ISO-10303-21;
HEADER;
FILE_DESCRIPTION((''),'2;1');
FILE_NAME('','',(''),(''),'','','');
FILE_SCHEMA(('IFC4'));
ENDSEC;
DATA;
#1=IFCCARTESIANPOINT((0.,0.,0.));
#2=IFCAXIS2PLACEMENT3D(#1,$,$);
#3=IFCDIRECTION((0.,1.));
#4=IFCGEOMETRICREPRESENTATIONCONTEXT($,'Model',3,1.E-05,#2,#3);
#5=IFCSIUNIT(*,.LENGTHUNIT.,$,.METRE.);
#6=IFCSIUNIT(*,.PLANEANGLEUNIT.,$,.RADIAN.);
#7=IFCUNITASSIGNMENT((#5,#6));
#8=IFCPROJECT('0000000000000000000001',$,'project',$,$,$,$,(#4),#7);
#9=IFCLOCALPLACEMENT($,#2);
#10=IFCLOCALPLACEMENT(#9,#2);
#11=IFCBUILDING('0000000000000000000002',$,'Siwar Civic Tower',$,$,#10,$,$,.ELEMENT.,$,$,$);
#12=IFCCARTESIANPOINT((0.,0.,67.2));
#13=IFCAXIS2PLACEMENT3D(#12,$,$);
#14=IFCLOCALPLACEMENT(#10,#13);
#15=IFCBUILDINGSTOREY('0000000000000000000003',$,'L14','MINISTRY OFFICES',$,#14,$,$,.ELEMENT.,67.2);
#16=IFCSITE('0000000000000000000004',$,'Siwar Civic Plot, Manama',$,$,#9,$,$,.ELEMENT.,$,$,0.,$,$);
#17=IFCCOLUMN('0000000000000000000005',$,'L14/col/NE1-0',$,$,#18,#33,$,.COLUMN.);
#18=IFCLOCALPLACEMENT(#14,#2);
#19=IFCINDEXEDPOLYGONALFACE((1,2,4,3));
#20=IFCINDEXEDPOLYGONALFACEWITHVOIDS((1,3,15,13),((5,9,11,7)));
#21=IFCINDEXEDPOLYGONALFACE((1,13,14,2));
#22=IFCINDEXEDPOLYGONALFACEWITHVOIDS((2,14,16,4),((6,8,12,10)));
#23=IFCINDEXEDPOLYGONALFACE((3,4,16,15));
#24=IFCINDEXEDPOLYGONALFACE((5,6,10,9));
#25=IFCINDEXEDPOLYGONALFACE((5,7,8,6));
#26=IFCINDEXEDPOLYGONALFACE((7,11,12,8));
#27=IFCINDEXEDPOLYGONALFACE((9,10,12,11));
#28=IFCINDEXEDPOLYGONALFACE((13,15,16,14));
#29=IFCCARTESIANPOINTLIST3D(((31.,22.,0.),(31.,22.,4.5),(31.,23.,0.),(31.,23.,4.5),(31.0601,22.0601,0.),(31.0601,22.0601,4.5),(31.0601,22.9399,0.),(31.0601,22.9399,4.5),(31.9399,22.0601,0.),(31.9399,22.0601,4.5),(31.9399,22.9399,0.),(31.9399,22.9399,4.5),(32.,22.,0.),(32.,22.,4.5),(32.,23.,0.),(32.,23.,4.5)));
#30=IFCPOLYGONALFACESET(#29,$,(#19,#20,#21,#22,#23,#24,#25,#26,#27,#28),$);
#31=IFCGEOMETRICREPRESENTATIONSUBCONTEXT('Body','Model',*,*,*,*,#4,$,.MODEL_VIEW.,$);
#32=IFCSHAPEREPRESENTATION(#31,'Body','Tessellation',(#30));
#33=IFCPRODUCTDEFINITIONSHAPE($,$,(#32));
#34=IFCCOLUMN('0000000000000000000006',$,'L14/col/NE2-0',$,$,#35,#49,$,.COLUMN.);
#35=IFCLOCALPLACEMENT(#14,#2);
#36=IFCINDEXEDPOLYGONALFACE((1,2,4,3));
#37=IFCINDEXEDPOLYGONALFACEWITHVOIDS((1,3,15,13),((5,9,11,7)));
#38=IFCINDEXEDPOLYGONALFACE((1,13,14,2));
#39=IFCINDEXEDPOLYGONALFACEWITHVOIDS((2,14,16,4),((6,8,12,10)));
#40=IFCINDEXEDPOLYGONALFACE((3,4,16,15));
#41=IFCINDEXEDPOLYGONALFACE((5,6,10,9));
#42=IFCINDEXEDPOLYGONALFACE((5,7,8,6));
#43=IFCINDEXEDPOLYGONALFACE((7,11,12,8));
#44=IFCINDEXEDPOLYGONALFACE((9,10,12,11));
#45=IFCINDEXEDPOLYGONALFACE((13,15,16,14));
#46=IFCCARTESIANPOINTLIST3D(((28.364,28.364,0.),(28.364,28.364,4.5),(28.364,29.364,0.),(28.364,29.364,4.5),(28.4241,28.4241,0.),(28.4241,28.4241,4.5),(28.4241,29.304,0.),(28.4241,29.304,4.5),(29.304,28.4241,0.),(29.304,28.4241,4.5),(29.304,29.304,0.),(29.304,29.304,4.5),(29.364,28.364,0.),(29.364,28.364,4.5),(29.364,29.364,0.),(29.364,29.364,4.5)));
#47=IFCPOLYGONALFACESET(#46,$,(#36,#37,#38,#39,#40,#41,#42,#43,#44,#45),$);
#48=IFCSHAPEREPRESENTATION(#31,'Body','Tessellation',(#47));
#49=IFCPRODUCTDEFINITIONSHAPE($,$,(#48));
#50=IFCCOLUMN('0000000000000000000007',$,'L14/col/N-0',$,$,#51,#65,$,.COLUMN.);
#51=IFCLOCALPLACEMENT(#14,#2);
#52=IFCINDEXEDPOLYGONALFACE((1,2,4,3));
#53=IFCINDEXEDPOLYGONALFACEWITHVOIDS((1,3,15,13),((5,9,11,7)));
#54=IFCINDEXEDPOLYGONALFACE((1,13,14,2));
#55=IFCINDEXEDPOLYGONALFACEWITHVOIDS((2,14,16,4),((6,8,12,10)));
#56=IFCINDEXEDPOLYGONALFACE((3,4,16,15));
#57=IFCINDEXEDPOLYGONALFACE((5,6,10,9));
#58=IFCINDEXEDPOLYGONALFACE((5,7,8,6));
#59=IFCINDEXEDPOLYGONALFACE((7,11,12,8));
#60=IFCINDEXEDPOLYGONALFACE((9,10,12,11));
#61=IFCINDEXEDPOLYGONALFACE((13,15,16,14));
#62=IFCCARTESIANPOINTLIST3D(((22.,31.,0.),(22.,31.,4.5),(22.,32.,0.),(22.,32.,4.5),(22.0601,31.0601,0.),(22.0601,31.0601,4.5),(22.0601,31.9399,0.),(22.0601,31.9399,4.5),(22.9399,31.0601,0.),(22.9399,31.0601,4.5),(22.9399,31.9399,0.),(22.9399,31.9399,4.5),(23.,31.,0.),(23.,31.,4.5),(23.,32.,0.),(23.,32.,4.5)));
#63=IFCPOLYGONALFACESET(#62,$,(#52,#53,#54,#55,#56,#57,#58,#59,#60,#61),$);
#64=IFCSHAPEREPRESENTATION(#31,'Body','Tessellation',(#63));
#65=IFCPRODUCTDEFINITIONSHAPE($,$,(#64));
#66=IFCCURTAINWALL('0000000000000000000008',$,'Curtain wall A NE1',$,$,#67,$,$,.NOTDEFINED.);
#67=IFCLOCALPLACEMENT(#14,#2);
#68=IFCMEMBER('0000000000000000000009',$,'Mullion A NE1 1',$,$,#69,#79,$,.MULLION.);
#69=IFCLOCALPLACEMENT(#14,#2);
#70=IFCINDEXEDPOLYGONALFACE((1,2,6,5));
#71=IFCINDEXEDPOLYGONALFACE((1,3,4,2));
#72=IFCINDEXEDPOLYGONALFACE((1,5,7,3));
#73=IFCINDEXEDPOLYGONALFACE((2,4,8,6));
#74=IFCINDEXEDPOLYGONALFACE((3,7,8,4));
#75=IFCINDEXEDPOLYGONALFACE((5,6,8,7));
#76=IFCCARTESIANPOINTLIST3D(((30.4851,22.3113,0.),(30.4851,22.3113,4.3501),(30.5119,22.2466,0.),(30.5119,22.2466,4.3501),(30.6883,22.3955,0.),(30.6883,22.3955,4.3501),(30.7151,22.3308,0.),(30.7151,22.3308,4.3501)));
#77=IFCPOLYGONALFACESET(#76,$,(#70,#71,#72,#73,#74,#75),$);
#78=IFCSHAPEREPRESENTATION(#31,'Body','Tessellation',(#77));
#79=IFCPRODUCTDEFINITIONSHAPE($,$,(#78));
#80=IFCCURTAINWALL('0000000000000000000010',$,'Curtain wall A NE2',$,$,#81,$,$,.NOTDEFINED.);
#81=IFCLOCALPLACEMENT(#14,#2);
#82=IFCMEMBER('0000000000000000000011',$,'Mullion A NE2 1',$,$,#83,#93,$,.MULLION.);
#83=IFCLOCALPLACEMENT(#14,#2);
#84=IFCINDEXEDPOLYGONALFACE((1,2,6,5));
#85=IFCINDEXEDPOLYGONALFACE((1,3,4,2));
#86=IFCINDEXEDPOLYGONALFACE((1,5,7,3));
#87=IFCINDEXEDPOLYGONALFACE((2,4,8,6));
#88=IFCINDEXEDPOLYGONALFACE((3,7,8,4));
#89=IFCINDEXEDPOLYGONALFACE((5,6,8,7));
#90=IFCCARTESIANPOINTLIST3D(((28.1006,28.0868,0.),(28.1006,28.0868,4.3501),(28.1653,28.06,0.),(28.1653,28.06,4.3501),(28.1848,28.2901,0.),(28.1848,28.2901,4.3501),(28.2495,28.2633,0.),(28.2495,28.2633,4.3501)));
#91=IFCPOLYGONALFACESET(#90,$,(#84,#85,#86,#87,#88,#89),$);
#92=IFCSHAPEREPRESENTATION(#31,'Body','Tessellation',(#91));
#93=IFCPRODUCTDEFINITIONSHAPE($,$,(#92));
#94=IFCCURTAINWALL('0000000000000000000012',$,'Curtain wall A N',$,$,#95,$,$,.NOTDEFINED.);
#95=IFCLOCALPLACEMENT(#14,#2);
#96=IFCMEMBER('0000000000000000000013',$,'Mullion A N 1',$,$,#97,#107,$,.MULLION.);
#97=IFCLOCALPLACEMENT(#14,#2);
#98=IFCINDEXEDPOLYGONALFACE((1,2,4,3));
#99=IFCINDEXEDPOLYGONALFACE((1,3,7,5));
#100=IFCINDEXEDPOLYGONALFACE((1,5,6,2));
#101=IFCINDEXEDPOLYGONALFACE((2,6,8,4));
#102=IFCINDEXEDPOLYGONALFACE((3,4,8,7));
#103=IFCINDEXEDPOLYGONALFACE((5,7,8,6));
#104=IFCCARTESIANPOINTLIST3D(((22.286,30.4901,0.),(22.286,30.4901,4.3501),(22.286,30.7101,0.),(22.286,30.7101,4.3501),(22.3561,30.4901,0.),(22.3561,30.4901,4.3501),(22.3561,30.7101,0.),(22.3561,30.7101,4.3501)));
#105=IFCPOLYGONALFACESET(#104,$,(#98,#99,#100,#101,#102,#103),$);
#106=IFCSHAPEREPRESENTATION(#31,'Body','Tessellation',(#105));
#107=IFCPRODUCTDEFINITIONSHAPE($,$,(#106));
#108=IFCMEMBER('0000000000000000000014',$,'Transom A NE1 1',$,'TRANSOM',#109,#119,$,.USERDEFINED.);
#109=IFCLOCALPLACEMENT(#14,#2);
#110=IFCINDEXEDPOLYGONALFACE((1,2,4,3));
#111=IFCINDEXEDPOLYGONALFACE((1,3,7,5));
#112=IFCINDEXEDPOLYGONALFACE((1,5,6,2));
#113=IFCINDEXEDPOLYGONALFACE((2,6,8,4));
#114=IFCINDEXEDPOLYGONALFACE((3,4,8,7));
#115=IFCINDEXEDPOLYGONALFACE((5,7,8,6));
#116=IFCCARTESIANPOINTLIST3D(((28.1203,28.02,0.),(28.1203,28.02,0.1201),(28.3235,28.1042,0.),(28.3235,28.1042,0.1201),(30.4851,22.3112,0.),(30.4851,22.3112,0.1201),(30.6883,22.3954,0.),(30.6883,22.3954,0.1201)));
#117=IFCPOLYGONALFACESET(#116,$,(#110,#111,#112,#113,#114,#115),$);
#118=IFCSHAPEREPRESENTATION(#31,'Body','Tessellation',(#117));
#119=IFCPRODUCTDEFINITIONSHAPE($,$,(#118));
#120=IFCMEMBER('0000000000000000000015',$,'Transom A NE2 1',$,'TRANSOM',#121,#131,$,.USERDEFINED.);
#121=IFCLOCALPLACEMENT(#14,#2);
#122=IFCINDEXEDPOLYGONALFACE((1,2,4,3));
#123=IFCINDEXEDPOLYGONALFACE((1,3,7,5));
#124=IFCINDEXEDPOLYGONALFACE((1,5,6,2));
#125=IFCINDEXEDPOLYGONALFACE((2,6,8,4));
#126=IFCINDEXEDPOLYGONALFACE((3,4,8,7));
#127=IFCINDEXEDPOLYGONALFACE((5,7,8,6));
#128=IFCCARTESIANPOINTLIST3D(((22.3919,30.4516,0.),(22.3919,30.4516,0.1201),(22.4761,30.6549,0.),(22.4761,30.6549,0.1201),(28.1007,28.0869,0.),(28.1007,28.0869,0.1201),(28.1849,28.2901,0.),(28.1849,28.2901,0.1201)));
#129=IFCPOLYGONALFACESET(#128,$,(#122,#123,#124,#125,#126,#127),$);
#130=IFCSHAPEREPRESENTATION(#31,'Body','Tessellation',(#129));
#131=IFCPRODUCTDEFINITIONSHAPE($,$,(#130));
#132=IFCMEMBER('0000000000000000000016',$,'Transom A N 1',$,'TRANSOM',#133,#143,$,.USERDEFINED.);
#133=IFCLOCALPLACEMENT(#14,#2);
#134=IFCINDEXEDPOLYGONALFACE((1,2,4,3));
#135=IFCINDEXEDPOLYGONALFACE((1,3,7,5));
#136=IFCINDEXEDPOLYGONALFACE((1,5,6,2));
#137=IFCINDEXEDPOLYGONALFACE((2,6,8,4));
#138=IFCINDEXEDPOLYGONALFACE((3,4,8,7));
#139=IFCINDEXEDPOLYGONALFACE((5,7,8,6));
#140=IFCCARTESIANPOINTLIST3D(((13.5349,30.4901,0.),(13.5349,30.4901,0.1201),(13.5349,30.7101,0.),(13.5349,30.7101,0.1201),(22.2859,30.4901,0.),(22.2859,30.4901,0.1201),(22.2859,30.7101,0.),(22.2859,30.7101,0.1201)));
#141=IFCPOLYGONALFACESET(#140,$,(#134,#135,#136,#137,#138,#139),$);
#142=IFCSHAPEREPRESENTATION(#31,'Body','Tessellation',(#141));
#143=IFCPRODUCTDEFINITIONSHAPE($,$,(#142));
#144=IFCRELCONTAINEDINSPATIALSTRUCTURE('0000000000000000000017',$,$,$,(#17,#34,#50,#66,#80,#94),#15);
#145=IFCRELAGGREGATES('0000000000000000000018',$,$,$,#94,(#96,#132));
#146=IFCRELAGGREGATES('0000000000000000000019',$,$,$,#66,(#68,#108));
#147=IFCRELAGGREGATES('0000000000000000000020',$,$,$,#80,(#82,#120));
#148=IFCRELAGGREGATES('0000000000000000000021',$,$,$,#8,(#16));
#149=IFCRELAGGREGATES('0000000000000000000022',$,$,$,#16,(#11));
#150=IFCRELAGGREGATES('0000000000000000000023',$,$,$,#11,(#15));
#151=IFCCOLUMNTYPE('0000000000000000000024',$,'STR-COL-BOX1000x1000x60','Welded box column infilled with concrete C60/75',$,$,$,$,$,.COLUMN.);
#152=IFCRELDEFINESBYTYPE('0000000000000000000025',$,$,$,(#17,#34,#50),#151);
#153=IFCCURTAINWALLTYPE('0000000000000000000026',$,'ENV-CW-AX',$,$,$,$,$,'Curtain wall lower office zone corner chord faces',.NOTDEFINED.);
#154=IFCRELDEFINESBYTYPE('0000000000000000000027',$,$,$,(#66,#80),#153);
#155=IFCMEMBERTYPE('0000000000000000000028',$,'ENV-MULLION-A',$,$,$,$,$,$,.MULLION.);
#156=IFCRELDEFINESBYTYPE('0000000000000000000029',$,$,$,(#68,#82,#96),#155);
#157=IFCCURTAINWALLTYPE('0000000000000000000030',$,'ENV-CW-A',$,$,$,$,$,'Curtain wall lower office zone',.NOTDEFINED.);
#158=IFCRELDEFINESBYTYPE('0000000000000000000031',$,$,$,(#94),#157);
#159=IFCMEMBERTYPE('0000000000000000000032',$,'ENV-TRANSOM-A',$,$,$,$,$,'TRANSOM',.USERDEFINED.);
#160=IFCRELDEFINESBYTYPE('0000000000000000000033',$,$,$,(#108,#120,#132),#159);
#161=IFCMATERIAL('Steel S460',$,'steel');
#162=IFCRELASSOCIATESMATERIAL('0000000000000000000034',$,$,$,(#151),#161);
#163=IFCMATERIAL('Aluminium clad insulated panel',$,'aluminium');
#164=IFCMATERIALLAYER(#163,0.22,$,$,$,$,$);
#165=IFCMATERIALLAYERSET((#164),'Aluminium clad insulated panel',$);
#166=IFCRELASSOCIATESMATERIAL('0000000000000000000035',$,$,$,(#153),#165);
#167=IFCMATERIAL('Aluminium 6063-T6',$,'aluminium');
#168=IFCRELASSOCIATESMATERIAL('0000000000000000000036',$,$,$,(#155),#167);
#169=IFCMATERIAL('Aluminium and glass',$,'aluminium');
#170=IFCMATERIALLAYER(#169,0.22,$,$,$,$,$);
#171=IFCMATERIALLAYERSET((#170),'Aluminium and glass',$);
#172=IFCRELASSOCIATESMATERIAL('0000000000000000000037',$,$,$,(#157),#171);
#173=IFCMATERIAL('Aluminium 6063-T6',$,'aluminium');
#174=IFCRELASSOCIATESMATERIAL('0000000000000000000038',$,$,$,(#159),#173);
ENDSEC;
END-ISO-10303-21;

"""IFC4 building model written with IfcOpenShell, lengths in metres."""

from ifc_helpers import new_model, si_unit, direction, frame, origin, origin_2d, place, context, subcontext, project, spatial, rectangle, hollow_rectangle, extrude, material, layer, layer_set, material_profile, profile_set, type_object, element, aggregate, save


model = new_model("IFC4")

# Units and contexts
model_context = context("Model", 3, precision=1e-05, world=origin(), true_north=direction((0.0, 1.0)))
body_context = subcontext(model_context, "Body", "Model", "MODEL_VIEW")
ifc_project = project(units=[si_unit("LENGTHUNIT", "METRE"), si_unit("PLANEANGLEUNIT", "RADIAN")], contexts=[model_context])

# Site, building, storey
site_placement = place(None, origin())
site = spatial("IfcSite", under=ifc_project, at=site_placement, Name="Siwar Civic Plot, Manama", CompositionType="ELEMENT", RefElevation=0.0)
building_placement = place(site_placement, origin())
building = spatial("IfcBuilding", under=site, at=building_placement, Name="Siwar Civic Tower", CompositionType="ELEMENT")
storey_placement = place(building_placement, frame((0.0, 0.0, 67.2)))
storey = spatial("IfcBuildingStorey", under=building, at=storey_placement, Name="L14", Description="MINISTRY OFFICES", CompositionType="ELEMENT", Elevation=67.2)

# Columns
ifc_material_1 = material(Name="Steel S460", Category="steel")
ifc_material_profile_1 = material_profile(ifc_material_1, hollow_rectangle(XDim=1.0, YDim=1.0, WallThickness=0.0601, at=origin_2d()), Name="BOX1000x1000x60")
ifc_profile_set_1 = profile_set([ifc_material_profile_1], Name="Steel S460")
column_type = type_object("IfcColumnType", Name="STR-COL-BOX1000x1000x60", Description="Welded box column infilled with concrete C60/75", PredefinedType="COLUMN", material=ifc_profile_set_1)
for number, where, z_axis, x_axis, name in (
    (1, (31.5, 22.5, 0.0), (0.0, 0.0, 1.0), (1.0, 0.0, 0.0), "L14/col/NE1-0"),
    (2, (28.864, 28.864, 0.0), (0.0, 0.0, 1.0), (1.0, 0.0, 0.0), "L14/col/NE2-0"),
    (3, (22.5, 31.5, 0.0), (0.0, 0.0, 1.0), (1.0, 0.0, 0.0), "L14/col/N-0"),
):
    element("IfcColumn", number, at=place(storey_placement, frame(where, z_axis=z_axis, x_axis=x_axis)), inside=storey, type_object=column_type, Name=name, PredefinedType="COLUMN", context=body_context, shape_type="SweptSolid", body=[
        extrude(hollow_rectangle(XDim=1.0, YDim=1.0, WallThickness=0.0601, at=origin_2d()), origin(), (0.0, 0.0, 1.0), 4.5),
    ])

# Curtain walls, members
ifc_material_2 = material(Name="Aluminium clad insulated panel", Category="aluminium")
ifc_layer_1 = layer(ifc_material_2, 0.22)
ifc_layer_set_1 = layer_set([ifc_layer_1], Name="Aluminium clad insulated panel")
curtain_wall_type_1 = type_object("IfcCurtainWallType", Name="ENV-CW-AX", ElementType="Curtain wall lower office zone corner chord faces", PredefinedType="NOTDEFINED", material=ifc_layer_set_1)
curtain_wall_1_placement = place(storey_placement, origin())
curtain_wall_1 = element("IfcCurtainWall", 4, at=curtain_wall_1_placement, inside=storey, type_object=curtain_wall_type_1, Name="Curtain wall A NE1", PredefinedType="NOTDEFINED")
ifc_material_3 = material(Name="Aluminium 6063-T6", Category="aluminium")
ifc_material_profile_2 = material_profile(ifc_material_3, rectangle(XDim=0.22, YDim=0.0701, at=origin_2d()), Name="AL 220x70")
ifc_profile_set_2 = profile_set([ifc_material_profile_2], Name="Aluminium 6063-T6")
member_type_1 = type_object("IfcMemberType", Name="ENV-MULLION-A", PredefinedType="MULLION", material=ifc_profile_set_2)
member_1_placement = place(storey_placement, frame((30.6001, 22.321, 0.0), z_axis=(0.0, 0.0, 1.0), x_axis=(-0.92388, -0.382683, 0.0)))
member_1 = element("IfcMember", 5, at=member_1_placement, type_object=member_type_1, Name="Mullion A NE1 1", PredefinedType="MULLION", context=body_context, shape_type="SweptSolid", body=[
    extrude(rectangle(XDim=0.22, YDim=0.0701, at=origin_2d()), origin(), (0.0, 0.0, 1.0), 4.3501),
])
curtain_wall_2_placement = place(storey_placement, origin())
curtain_wall_2 = element("IfcCurtainWall", 6, at=curtain_wall_2_placement, inside=storey, type_object=curtain_wall_type_1, Name="Curtain wall A NE2", PredefinedType="NOTDEFINED")
member_2_placement = place(storey_placement, frame((28.175, 28.175, 0.0), z_axis=(0.0, 0.0, 1.0), x_axis=(-0.382683, -0.92388, 0.0)))
member_2 = element("IfcMember", 7, at=member_2_placement, type_object=member_type_1, Name="Mullion A NE2 1", PredefinedType="MULLION", context=body_context, shape_type="SweptSolid", body=[
    extrude(rectangle(XDim=0.22, YDim=0.0701, at=origin_2d()), origin(), (0.0, 0.0, 1.0), 4.3501),
])
ifc_material_4 = material(Name="Aluminium and glass", Category="aluminium")
ifc_layer_2 = layer(ifc_material_4, 0.22)
ifc_layer_set_2 = layer_set([ifc_layer_2], Name="Aluminium and glass")
curtain_wall_type_2 = type_object("IfcCurtainWallType", Name="ENV-CW-A", ElementType="Curtain wall lower office zone", PredefinedType="NOTDEFINED", material=ifc_layer_set_2)
curtain_wall_3_placement = place(storey_placement, origin())
curtain_wall_3 = element("IfcCurtainWall", 8, at=curtain_wall_3_placement, inside=storey, type_object=curtain_wall_type_2, Name="Curtain wall A N", PredefinedType="NOTDEFINED")
member_3_placement = place(storey_placement, frame((22.321, 30.6001, 0.0), z_axis=(0.0, 0.0, 1.0), x_axis=(0.0, -1.0, 0.0)))
member_3 = element("IfcMember", 9, at=member_3_placement, type_object=member_type_1, Name="Mullion A N 1", PredefinedType="MULLION", context=body_context, shape_type="SweptSolid", body=[
    extrude(rectangle(XDim=0.22, YDim=0.0701, at=origin_2d()), origin(), (0.0, 0.0, 1.0), 4.3501),
])

# Members
ifc_material_5 = material(Name="Aluminium 6063-T6", Category="aluminium")
ifc_material_profile_3 = material_profile(ifc_material_5, rectangle(XDim=0.22, YDim=0.1201, at=origin_2d()), Name="AL 220x120")
ifc_profile_set_3 = profile_set([ifc_material_profile_3], Name="Aluminium 6063-T6")
member_type_2 = type_object("IfcMemberType", Name="ENV-TRANSOM-A", ElementType="TRANSOM", PredefinedType="USERDEFINED", material=ifc_profile_set_3)
member_4_placement = place(storey_placement, frame((30.5867, 22.3533, 0.0601), z_axis=(-0.382698, 0.923873, 0.0), x_axis=(-0.923873, -0.382698, 0.0)))
member_4 = element("IfcMember", 10, at=member_4_placement, type_object=member_type_2, Name="Transom A NE1 1", ObjectType="TRANSOM", PredefinedType="USERDEFINED", context=body_context, shape_type="SweptSolid", body=[
    extrude(rectangle(XDim=0.22, YDim=0.1201, at=origin_2d()), origin(), (0.0, 0.0, 1.0), 6.1792),
])
member_5_placement = place(storey_placement, frame((28.1428, 28.1885, 0.0601), z_axis=(-0.923873, 0.382698, 0.0), x_axis=(-0.382698, -0.923873, 0.0)))
member_5 = element("IfcMember", 11, at=member_5_placement, type_object=member_type_2, Name="Transom A NE2 1", ObjectType="TRANSOM", PredefinedType="USERDEFINED", context=body_context, shape_type="SweptSolid", body=[
    extrude(rectangle(XDim=0.22, YDim=0.1201, at=origin_2d()), origin(), (0.0, 0.0, 1.0), 6.1792),
])
member_6_placement = place(storey_placement, frame((22.2859, 30.6001, 0.0601), z_axis=(-1.0, 0.0, 0.0), x_axis=(0.0, -1.0, 0.0)))
member_6 = element("IfcMember", 12, at=member_6_placement, type_object=member_type_2, Name="Transom A N 1", ObjectType="TRANSOM", PredefinedType="USERDEFINED", context=body_context, shape_type="SweptSolid", body=[
    extrude(rectangle(XDim=0.22, YDim=0.1201, at=origin_2d()), origin(), (0.0, 0.0, 1.0), 8.751),
])

aggregate(curtain_wall_3, [member_3, member_6])
aggregate(curtain_wall_1, [member_1, member_4])
aggregate(curtain_wall_2, [member_2, member_5])

save(model, "model.ifc")
